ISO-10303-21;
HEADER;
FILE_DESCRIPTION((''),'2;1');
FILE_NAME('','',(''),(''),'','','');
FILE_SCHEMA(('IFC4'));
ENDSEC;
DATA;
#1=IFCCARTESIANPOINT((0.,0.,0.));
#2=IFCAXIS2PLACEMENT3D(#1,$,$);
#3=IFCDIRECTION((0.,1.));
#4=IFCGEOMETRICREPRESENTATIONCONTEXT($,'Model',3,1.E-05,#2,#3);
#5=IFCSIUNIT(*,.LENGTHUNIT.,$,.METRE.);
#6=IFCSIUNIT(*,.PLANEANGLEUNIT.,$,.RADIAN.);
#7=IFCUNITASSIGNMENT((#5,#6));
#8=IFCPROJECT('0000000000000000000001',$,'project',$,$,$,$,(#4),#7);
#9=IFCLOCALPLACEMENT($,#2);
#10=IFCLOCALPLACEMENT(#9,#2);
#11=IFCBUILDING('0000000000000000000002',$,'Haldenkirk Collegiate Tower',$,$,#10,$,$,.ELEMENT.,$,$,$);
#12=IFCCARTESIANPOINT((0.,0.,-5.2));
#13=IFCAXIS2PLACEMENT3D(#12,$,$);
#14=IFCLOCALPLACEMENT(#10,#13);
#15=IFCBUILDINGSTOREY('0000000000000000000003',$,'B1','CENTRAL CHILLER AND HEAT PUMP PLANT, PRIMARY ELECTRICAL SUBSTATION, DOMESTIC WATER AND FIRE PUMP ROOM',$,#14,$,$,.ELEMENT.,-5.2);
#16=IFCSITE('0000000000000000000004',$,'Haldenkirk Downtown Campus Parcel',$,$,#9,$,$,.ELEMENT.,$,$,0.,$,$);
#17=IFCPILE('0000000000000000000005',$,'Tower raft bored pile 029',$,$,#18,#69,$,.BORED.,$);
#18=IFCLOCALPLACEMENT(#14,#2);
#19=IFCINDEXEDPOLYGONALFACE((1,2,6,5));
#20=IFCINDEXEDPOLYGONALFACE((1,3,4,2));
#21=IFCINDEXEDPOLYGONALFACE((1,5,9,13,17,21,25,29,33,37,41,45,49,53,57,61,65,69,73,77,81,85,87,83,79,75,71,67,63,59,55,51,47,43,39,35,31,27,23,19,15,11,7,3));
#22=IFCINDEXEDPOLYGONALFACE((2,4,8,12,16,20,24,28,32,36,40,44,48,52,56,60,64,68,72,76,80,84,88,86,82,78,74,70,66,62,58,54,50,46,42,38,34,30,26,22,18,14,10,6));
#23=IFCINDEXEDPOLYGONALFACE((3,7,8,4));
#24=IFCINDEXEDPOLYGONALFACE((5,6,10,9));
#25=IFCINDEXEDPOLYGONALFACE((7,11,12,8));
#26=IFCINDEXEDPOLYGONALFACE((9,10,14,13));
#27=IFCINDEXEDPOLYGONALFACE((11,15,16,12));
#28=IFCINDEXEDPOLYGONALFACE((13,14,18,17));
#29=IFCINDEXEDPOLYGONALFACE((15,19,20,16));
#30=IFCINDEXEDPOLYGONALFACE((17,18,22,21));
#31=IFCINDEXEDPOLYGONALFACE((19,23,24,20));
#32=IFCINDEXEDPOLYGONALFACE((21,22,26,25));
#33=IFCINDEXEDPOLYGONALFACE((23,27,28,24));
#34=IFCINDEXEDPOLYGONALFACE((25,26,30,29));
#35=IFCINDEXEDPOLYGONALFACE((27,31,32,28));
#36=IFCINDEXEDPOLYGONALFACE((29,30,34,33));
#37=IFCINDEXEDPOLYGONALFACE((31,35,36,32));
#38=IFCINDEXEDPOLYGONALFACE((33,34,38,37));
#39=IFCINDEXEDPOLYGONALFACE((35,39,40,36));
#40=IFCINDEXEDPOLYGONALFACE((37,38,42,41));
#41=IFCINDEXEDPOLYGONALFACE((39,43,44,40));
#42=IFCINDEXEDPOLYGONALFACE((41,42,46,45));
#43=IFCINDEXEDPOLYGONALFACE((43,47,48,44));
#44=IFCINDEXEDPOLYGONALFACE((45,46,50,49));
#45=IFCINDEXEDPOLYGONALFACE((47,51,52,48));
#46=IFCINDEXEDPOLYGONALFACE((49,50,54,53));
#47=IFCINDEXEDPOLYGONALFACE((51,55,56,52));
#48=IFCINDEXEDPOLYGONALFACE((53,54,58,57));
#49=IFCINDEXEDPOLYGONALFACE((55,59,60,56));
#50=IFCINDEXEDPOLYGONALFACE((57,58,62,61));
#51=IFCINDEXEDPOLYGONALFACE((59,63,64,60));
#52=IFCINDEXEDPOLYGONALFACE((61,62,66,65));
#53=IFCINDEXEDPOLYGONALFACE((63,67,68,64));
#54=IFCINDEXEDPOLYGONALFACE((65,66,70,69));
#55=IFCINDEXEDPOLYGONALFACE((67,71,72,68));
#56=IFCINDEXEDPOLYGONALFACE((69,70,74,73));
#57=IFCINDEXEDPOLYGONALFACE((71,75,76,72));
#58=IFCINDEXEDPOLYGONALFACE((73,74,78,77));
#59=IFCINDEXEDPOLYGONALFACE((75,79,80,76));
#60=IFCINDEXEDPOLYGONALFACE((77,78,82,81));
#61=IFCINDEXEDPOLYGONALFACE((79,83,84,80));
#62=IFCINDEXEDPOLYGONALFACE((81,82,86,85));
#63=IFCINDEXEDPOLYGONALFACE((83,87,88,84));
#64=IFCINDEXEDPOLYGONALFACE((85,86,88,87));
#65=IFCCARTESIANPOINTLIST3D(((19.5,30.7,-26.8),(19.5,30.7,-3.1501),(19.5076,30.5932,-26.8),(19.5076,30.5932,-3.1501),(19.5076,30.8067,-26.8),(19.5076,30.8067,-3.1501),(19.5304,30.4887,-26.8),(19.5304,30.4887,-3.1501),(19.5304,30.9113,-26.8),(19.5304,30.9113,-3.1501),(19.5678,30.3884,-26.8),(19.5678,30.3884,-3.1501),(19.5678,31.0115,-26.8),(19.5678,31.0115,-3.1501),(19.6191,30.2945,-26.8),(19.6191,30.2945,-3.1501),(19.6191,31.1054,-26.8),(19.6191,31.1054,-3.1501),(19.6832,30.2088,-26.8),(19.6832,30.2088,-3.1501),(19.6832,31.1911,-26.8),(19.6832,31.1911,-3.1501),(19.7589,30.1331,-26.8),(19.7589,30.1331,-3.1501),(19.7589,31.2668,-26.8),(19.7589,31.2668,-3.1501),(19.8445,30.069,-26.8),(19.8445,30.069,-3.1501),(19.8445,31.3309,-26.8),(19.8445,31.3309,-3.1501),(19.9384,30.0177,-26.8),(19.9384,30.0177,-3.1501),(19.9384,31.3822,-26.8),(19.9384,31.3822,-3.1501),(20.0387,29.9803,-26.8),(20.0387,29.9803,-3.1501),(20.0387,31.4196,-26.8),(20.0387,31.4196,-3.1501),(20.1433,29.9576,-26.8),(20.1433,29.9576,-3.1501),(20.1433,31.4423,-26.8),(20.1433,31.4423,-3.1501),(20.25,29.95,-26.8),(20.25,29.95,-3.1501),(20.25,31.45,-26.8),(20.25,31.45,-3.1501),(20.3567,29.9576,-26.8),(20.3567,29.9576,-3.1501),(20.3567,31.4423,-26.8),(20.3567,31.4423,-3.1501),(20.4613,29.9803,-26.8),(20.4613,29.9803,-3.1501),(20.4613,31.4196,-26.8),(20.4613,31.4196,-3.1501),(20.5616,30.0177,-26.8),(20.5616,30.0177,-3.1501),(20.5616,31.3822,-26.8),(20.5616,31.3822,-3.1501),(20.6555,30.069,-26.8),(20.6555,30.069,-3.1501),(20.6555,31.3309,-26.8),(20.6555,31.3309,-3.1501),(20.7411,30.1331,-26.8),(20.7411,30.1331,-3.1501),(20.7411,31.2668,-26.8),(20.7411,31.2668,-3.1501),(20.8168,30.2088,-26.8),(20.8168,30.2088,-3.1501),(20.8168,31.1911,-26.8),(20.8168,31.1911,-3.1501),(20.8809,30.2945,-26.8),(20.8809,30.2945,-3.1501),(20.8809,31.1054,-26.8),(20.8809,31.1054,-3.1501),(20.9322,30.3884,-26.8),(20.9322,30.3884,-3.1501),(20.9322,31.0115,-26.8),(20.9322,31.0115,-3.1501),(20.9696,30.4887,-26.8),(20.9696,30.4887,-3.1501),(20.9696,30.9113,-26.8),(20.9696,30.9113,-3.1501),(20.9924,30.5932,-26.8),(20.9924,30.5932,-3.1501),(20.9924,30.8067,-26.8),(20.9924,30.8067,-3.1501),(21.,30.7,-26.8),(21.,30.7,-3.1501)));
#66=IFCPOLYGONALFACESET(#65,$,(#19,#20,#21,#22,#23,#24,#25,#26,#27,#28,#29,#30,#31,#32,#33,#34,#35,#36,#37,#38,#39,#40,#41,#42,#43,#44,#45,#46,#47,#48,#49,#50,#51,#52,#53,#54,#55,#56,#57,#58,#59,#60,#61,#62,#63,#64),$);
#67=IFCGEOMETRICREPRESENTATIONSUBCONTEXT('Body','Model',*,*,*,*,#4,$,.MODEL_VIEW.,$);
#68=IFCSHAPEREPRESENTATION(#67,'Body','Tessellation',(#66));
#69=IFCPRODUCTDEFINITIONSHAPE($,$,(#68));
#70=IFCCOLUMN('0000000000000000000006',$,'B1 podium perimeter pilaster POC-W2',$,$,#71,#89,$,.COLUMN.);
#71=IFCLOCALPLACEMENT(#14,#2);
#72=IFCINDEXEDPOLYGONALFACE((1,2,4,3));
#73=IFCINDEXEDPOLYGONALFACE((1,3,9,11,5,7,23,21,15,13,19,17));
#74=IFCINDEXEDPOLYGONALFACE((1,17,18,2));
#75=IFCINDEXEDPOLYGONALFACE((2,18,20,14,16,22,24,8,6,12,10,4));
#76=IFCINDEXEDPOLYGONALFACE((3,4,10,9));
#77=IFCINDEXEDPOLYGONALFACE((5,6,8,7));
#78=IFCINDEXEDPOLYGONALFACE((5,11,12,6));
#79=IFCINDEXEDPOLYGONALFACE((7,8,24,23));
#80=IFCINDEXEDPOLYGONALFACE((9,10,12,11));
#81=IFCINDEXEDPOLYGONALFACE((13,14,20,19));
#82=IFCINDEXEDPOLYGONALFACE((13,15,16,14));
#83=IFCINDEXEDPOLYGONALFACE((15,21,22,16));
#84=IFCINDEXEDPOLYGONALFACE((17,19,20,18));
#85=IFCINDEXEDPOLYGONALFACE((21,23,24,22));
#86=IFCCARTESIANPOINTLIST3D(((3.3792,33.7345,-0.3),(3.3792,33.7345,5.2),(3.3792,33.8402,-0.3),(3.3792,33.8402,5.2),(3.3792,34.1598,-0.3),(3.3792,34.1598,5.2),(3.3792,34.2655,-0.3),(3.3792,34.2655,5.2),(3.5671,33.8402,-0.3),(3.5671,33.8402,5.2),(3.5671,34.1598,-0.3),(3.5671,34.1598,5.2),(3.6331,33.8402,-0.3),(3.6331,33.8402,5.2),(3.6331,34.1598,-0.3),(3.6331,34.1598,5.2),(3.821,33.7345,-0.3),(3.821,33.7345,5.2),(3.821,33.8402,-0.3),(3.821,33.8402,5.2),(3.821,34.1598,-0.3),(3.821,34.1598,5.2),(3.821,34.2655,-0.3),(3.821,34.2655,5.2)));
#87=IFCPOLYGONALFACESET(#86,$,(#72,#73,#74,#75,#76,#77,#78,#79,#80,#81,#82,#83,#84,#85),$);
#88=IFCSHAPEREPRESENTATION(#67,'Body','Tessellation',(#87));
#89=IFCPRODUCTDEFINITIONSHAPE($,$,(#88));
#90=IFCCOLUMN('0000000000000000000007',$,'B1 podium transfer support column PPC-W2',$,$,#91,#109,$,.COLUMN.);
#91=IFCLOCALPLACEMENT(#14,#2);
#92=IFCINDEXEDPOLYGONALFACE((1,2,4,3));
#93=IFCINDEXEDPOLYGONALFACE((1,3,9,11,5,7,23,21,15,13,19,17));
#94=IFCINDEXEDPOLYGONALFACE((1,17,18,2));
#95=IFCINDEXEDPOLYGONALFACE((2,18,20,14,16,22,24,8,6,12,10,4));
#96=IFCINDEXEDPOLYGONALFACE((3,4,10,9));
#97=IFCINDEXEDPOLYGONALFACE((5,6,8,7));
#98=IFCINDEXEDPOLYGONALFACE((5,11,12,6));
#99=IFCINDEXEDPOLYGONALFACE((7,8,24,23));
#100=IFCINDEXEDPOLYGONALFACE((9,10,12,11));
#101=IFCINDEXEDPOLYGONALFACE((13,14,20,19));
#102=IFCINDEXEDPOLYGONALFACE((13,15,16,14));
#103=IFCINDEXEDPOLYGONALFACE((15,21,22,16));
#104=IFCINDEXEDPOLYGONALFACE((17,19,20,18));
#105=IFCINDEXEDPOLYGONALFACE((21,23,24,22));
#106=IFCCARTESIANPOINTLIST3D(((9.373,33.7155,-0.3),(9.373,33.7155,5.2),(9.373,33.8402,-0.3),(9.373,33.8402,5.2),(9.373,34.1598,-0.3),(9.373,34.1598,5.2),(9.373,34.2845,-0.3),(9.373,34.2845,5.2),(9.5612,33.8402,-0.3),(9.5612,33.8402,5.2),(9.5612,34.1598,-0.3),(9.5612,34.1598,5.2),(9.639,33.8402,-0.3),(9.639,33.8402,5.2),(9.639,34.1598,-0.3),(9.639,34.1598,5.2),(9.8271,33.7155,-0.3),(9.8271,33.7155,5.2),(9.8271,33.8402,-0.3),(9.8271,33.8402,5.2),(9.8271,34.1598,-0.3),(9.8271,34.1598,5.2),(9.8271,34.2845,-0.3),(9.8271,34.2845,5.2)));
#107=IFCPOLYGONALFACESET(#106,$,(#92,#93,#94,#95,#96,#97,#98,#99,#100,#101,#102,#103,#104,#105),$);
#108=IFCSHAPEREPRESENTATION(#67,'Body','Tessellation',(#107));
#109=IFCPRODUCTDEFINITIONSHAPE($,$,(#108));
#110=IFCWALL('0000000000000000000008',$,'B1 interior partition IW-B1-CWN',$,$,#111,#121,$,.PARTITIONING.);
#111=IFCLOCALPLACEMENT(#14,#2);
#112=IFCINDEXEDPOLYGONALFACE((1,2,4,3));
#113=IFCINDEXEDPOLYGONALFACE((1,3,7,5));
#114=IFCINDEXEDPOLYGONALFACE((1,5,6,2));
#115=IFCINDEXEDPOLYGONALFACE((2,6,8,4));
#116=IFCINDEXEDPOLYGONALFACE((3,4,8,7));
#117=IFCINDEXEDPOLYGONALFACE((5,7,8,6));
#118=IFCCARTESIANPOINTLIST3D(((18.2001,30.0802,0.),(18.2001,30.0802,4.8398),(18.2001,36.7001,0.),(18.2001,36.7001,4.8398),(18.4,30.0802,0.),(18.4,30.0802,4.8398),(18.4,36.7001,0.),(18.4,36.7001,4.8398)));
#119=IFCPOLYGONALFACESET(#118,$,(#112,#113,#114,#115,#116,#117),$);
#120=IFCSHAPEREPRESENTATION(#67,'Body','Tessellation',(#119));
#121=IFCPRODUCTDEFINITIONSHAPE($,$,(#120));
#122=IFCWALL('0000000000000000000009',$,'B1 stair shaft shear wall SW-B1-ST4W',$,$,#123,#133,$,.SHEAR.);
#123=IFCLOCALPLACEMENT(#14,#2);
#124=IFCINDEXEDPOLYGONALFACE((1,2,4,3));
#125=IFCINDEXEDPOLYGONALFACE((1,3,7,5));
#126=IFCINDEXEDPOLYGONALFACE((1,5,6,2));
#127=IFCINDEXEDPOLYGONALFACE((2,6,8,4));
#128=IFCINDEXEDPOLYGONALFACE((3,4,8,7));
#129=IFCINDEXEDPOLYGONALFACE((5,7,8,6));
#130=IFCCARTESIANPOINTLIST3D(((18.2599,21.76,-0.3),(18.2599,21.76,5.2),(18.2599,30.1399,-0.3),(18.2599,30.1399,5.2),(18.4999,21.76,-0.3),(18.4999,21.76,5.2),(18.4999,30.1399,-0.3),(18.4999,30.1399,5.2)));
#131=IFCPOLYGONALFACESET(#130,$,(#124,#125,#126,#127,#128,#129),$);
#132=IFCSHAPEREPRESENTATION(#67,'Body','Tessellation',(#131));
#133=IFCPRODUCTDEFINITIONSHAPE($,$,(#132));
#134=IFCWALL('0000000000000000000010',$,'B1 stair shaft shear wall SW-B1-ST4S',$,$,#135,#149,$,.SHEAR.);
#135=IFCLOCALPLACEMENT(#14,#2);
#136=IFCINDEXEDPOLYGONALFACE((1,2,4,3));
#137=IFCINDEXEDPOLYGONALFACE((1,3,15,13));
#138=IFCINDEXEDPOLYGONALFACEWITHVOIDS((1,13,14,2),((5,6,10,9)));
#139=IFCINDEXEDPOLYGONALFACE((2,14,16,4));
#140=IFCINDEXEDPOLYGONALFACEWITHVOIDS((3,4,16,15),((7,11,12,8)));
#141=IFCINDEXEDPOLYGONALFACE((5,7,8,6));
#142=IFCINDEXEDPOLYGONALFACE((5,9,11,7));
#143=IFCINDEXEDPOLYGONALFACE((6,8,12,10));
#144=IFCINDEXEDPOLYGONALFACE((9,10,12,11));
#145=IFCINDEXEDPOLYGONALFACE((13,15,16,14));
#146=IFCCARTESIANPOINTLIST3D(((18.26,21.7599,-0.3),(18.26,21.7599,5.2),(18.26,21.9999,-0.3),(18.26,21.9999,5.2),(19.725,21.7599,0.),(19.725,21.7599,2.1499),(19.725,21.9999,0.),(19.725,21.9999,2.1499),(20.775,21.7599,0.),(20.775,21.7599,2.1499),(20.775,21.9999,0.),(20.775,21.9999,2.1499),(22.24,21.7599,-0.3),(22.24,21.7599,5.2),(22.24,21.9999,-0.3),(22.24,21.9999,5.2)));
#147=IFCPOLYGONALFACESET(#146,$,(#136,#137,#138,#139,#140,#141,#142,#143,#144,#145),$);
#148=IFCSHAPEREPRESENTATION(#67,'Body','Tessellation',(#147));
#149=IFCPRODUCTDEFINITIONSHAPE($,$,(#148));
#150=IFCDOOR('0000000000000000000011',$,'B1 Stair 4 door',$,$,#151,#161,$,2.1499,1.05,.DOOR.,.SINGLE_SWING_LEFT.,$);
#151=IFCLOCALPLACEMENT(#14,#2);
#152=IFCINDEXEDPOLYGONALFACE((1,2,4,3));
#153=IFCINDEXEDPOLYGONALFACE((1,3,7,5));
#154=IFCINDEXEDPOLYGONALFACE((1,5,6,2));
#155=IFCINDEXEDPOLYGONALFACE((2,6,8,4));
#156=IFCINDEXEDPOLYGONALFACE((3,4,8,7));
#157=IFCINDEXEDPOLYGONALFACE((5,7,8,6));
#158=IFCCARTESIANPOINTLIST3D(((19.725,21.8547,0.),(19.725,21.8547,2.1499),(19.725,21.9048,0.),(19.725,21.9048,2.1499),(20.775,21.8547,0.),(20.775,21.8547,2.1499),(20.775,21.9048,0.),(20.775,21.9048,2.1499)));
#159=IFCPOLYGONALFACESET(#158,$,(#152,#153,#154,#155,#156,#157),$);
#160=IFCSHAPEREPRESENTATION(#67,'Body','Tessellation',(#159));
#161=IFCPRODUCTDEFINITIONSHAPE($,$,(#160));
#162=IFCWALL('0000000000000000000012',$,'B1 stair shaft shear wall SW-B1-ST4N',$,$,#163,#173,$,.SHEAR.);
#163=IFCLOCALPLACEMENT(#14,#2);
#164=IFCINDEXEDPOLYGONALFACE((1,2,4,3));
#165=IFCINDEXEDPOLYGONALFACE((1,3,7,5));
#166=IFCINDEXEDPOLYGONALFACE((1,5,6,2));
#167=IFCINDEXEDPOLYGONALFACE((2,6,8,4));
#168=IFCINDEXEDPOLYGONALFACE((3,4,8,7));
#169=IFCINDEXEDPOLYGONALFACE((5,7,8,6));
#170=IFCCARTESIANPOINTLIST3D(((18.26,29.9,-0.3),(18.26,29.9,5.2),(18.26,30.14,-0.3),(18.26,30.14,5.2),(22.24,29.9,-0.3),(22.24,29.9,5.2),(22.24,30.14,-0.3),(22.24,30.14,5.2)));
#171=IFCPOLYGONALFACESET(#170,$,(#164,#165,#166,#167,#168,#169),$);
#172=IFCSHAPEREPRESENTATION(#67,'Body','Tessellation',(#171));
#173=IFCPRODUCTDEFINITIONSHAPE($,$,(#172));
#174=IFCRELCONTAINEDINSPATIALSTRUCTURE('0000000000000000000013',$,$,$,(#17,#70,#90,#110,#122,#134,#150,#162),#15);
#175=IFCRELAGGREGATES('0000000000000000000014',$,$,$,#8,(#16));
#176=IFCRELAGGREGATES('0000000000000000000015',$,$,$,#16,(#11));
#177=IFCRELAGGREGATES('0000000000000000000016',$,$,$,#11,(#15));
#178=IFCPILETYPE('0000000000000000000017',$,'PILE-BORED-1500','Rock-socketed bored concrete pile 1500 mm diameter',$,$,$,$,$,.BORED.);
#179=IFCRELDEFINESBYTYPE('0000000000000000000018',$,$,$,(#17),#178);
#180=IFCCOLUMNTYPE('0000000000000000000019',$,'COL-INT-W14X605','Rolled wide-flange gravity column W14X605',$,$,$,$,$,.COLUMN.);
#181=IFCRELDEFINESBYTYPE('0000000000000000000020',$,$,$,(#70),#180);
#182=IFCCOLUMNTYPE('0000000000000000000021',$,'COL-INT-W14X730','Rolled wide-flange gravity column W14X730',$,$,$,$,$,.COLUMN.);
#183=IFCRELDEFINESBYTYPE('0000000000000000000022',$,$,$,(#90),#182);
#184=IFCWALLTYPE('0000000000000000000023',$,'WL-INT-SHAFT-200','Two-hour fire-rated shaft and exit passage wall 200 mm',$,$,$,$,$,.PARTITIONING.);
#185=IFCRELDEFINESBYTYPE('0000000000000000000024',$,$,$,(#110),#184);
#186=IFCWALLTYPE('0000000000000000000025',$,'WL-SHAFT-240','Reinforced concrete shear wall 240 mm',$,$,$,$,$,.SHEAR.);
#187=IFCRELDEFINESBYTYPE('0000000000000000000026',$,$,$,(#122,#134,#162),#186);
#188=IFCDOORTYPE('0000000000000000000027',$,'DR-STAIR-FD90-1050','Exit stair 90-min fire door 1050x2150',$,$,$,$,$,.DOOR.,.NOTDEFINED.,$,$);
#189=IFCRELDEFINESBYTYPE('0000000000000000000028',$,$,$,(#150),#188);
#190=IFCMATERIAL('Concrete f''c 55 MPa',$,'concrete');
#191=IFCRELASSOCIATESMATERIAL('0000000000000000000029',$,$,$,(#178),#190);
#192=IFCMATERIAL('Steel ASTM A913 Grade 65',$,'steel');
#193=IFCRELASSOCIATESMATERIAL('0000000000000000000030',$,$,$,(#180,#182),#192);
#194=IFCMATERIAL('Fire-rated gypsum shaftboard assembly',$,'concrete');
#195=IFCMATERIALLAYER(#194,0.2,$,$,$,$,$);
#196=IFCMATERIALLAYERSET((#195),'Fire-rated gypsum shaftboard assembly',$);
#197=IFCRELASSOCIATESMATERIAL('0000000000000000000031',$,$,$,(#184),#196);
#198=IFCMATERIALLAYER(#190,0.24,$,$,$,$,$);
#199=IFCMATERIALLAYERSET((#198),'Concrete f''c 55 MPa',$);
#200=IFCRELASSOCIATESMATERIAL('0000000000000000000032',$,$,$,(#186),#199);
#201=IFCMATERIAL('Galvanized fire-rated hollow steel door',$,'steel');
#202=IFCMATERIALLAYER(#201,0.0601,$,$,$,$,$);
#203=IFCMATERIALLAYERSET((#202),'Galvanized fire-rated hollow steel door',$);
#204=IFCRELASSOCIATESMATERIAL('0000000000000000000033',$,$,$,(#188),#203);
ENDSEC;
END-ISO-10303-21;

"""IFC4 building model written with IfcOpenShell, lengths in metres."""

from ifc_helpers import new_model, si_unit, direction, frame, frame_2d, origin, origin_2d, place, context, subcontext, project, spatial, rectangle, circle, i_section, extrude, material, layer, layer_set, material_profile, profile_set, type_object, element, fill, save


model = new_model("IFC4")

# Units and contexts
model_context = context("Model", 3, precision=1e-05, world=origin(), true_north=direction((0.0, 1.0)))
body_context = subcontext(model_context, "Body", "Model", "MODEL_VIEW")
ifc_project = project(units=[si_unit("LENGTHUNIT", "METRE"), si_unit("PLANEANGLEUNIT", "RADIAN")], contexts=[model_context])

# Site, building, storey
site_placement = place(None, origin())
site = spatial("IfcSite", under=ifc_project, at=site_placement, Name="Haldenkirk Downtown Campus Parcel", CompositionType="ELEMENT", RefElevation=0.0)
building_placement = place(site_placement, origin())
building = spatial("IfcBuilding", under=site, at=building_placement, Name="Haldenkirk Collegiate Tower", CompositionType="ELEMENT")
storey_placement = place(building_placement, frame((0.0, 0.0, -5.2)))
storey = spatial("IfcBuildingStorey", under=building, at=storey_placement, Name="B1", Description="CENTRAL CHILLER AND HEAT PUMP PLANT, PRIMARY ELECTRICAL SUBSTATION, DOMESTIC WATER AND FIRE PUMP ROOM", CompositionType="ELEMENT", Elevation=-5.2)

# Shared definitions
ifc_material_1 = material(Name="Concrete f'c 55 MPa", Category="concrete")

# Pile
ifc_material_profile_1 = material_profile(ifc_material_1, circle(Radius=0.75, at=origin_2d()), Name="PILE1500")
ifc_profile_set_1 = profile_set([ifc_material_profile_1], Name="Concrete f'c 55 MPa")
pile_type_1 = type_object("IfcPileType", Name="PILE-BORED-1500", Description="Rock-socketed bored concrete pile 1500 mm diameter", PredefinedType="BORED", material=ifc_profile_set_1)
for number, where, z_axis, x_axis, name in (
    (1, (20.25, 30.7, -3.1501), (0.0, 0.0, -1.0), (1.0, 0.0, 0.0), "Tower raft bored pile 029"),
):
    element("IfcPile", number, at=place(storey_placement, frame(where, z_axis=z_axis, x_axis=x_axis)), inside=storey, type_object=pile_type_1, Name=name, PredefinedType="BORED", context=body_context, shape_type="SweptSolid", body=[
        extrude(circle(Radius=0.75, at=origin_2d()), origin(), (0.0, 0.0, 1.0), 23.6499),
    ])

# Columns
ifc_material_2 = material(Name="Steel ASTM A913 Grade 65", Category="steel")
ifc_material_profile_2 = material_profile(ifc_material_2, i_section(OverallWidth=0.4419, OverallDepth=0.531, WebThickness=0.0659, FlangeThickness=0.1057, at=origin_2d()), Name="W14X605")
ifc_profile_set_2 = profile_set([ifc_material_profile_2], Name="Steel ASTM A913 Grade 65")
column_type_1 = type_object("IfcColumnType", Name="COL-INT-W14X605", Description="Rolled wide-flange gravity column W14X605", PredefinedType="COLUMN", material=ifc_profile_set_2)
column_1_placement = place(storey_placement, frame((3.6001, 34.0, -0.3), z_axis=(0.0, 0.0, 1.0), x_axis=(1.0, 0.0, 0.0)))
element("IfcColumn", 2, at=column_1_placement, inside=storey, type_object=column_type_1, Name="B1 podium perimeter pilaster POC-W2", PredefinedType="COLUMN", context=body_context, shape_type="SweptSolid", body=[
    extrude(i_section(OverallWidth=0.4419, OverallDepth=0.531, WebThickness=0.0659, FlangeThickness=0.1057, at=origin_2d()), origin(), (0.0, 0.0, 1.0), 5.5),
])
ifc_material_profile_3 = material_profile(ifc_material_2, i_section(OverallWidth=0.4541, OverallDepth=0.5691, WebThickness=0.0779, FlangeThickness=0.1248, at=origin_2d()), Name="W14X730")
ifc_profile_set_3 = profile_set([ifc_material_profile_3], Name="Steel ASTM A913 Grade 65")
column_type_2 = type_object("IfcColumnType", Name="COL-INT-W14X730", Description="Rolled wide-flange gravity column W14X730", PredefinedType="COLUMN", material=ifc_profile_set_3)
column_2_placement = place(storey_placement, frame((9.6001, 34.0, -0.3), z_axis=(0.0, 0.0, 1.0), x_axis=(1.0, 0.0, 0.0)))
element("IfcColumn", 3, at=column_2_placement, inside=storey, type_object=column_type_2, Name="B1 podium transfer support column PPC-W2", PredefinedType="COLUMN", context=body_context, shape_type="SweptSolid", body=[
    extrude(i_section(OverallWidth=0.4541, OverallDepth=0.5691, WebThickness=0.0779, FlangeThickness=0.1248, at=origin_2d()), origin(), (0.0, 0.0, 1.0), 5.5),
])

# Walls
ifc_material_3 = material(Name="Fire-rated gypsum shaftboard assembly", Category="concrete")
ifc_layer_1 = layer(ifc_material_3, 0.2)
ifc_layer_set_1 = layer_set([ifc_layer_1], Name="Fire-rated gypsum shaftboard assembly")
wall_type_1 = type_object("IfcWallType", Name="WL-INT-SHAFT-200", Description="Two-hour fire-rated shaft and exit passage wall 200 mm", PredefinedType="PARTITIONING", material=ifc_layer_set_1)
wall_1_placement = place(storey_placement, frame((18.3, 30.0801, 0.0), z_axis=(0.0, 0.0, 1.0), x_axis=(0.0, 1.0, 0.0)))
element("IfcWall", 4, at=wall_1_placement, inside=storey, type_object=wall_type_1, Name="B1 interior partition IW-B1-CWN", PredefinedType="PARTITIONING", context=body_context, shape_type="SweptSolid", body=[
    extrude(rectangle(XDim=6.6199, YDim=0.2, at=frame_2d((3.3101, 0.0))), origin(), (0.0, 0.0, 1.0), 4.8398),
])
ifc_layer_2 = layer(ifc_material_1, 0.24)
ifc_layer_set_2 = layer_set([ifc_layer_2], Name="Concrete f'c 55 MPa")
wall_type_2 = type_object("IfcWallType", Name="WL-SHAFT-240", Description="Reinforced concrete shear wall 240 mm", PredefinedType="SHEAR", material=ifc_layer_set_2)
wall_2_placement = place(storey_placement, frame((18.3799, 21.76, -0.3), z_axis=(0.0, 0.0, 1.0), x_axis=(0.0, 1.0, 0.0)))
element("IfcWall", 5, at=wall_2_placement, inside=storey, type_object=wall_type_2, Name="B1 stair shaft shear wall SW-B1-ST4W", PredefinedType="SHEAR", context=body_context, shape_type="SweptSolid", body=[
    extrude(rectangle(XDim=8.3799, YDim=0.24, at=frame_2d((4.1899, 0.0))), origin(), (0.0, 0.0, 1.0), 5.5),
])

# Wall, opening, door
wall_3_placement = place(storey_placement, frame((18.26, 21.8799, -0.3), z_axis=(0.0, 0.0, 1.0), x_axis=(1.0, 0.0, 0.0)))
wall_3 = element("IfcWall", 6, at=wall_3_placement, inside=storey, type_object=wall_type_2, Name="B1 stair shaft shear wall SW-B1-ST4S", PredefinedType="SHEAR", context=body_context, shape_type="SweptSolid", body=[
    extrude(rectangle(XDim=3.98, YDim=0.24, at=frame_2d((1.99, 0.0))), origin(), (0.0, 0.0, 1.0), 5.5),
])
opening_placement = place(wall_3_placement, frame((1.4651, 0.0, 0.3)))
opening = element("IfcOpeningElement", 7, at=opening_placement, cuts=wall_3, PredefinedType="OPENING", context=body_context, shape_type="SweptSolid", body=[
    extrude(rectangle(XDim=1.05, YDim=2.1499, at=frame_2d((0.5249, 1.075))), frame((0.0, 0.1299, 0.0), z_axis=(0.0, -1.0, 0.0), x_axis=(1.0, 0.0, 0.0)), (0.0, 0.0, 1.0), 0.26),
])
ifc_material_4 = material(Name="Galvanized fire-rated hollow steel door", Category="steel")
ifc_layer_3 = layer(ifc_material_4, 0.0601)
ifc_layer_set_3 = layer_set([ifc_layer_3], Name="Galvanized fire-rated hollow steel door")
door_type = type_object("IfcDoorType", Name="DR-STAIR-FD90-1050", Description="Exit stair 90-min fire door 1050x2150", OperationType="NOTDEFINED", PredefinedType="DOOR", material=ifc_layer_set_3)
door_placement = place(opening_placement, origin())
door = element("IfcDoor", 8, at=door_placement, inside=storey, type_object=door_type, Name="B1 Stair 4 door", OperationType="SINGLE_SWING_LEFT", OverallHeight=2.1499, OverallWidth=1.05, PredefinedType="DOOR", context=body_context, shape_type="SweptSolid", body=[
    extrude(rectangle(XDim=1.05, YDim=2.1499, at=frame_2d((0.5249, 1.075))), frame((0.0, 0.0249, 0.0), z_axis=(0.0, -1.0, 0.0), x_axis=(1.0, 0.0, 0.0)), (0.0, 0.0, 1.0), 0.05),
])
fill(opening, door)

# Wall
wall_4_placement = place(storey_placement, frame((18.26, 30.02, -0.3), z_axis=(0.0, 0.0, 1.0), x_axis=(1.0, 0.0, 0.0)))
element("IfcWall", 9, at=wall_4_placement, inside=storey, type_object=wall_type_2, Name="B1 stair shaft shear wall SW-B1-ST4N", PredefinedType="SHEAR", context=body_context, shape_type="SweptSolid", body=[
    extrude(rectangle(XDim=3.98, YDim=0.24, at=frame_2d((1.99, 0.0))), origin(), (0.0, 0.0, 1.0), 5.5),
])

save(model, "model.ifc")
